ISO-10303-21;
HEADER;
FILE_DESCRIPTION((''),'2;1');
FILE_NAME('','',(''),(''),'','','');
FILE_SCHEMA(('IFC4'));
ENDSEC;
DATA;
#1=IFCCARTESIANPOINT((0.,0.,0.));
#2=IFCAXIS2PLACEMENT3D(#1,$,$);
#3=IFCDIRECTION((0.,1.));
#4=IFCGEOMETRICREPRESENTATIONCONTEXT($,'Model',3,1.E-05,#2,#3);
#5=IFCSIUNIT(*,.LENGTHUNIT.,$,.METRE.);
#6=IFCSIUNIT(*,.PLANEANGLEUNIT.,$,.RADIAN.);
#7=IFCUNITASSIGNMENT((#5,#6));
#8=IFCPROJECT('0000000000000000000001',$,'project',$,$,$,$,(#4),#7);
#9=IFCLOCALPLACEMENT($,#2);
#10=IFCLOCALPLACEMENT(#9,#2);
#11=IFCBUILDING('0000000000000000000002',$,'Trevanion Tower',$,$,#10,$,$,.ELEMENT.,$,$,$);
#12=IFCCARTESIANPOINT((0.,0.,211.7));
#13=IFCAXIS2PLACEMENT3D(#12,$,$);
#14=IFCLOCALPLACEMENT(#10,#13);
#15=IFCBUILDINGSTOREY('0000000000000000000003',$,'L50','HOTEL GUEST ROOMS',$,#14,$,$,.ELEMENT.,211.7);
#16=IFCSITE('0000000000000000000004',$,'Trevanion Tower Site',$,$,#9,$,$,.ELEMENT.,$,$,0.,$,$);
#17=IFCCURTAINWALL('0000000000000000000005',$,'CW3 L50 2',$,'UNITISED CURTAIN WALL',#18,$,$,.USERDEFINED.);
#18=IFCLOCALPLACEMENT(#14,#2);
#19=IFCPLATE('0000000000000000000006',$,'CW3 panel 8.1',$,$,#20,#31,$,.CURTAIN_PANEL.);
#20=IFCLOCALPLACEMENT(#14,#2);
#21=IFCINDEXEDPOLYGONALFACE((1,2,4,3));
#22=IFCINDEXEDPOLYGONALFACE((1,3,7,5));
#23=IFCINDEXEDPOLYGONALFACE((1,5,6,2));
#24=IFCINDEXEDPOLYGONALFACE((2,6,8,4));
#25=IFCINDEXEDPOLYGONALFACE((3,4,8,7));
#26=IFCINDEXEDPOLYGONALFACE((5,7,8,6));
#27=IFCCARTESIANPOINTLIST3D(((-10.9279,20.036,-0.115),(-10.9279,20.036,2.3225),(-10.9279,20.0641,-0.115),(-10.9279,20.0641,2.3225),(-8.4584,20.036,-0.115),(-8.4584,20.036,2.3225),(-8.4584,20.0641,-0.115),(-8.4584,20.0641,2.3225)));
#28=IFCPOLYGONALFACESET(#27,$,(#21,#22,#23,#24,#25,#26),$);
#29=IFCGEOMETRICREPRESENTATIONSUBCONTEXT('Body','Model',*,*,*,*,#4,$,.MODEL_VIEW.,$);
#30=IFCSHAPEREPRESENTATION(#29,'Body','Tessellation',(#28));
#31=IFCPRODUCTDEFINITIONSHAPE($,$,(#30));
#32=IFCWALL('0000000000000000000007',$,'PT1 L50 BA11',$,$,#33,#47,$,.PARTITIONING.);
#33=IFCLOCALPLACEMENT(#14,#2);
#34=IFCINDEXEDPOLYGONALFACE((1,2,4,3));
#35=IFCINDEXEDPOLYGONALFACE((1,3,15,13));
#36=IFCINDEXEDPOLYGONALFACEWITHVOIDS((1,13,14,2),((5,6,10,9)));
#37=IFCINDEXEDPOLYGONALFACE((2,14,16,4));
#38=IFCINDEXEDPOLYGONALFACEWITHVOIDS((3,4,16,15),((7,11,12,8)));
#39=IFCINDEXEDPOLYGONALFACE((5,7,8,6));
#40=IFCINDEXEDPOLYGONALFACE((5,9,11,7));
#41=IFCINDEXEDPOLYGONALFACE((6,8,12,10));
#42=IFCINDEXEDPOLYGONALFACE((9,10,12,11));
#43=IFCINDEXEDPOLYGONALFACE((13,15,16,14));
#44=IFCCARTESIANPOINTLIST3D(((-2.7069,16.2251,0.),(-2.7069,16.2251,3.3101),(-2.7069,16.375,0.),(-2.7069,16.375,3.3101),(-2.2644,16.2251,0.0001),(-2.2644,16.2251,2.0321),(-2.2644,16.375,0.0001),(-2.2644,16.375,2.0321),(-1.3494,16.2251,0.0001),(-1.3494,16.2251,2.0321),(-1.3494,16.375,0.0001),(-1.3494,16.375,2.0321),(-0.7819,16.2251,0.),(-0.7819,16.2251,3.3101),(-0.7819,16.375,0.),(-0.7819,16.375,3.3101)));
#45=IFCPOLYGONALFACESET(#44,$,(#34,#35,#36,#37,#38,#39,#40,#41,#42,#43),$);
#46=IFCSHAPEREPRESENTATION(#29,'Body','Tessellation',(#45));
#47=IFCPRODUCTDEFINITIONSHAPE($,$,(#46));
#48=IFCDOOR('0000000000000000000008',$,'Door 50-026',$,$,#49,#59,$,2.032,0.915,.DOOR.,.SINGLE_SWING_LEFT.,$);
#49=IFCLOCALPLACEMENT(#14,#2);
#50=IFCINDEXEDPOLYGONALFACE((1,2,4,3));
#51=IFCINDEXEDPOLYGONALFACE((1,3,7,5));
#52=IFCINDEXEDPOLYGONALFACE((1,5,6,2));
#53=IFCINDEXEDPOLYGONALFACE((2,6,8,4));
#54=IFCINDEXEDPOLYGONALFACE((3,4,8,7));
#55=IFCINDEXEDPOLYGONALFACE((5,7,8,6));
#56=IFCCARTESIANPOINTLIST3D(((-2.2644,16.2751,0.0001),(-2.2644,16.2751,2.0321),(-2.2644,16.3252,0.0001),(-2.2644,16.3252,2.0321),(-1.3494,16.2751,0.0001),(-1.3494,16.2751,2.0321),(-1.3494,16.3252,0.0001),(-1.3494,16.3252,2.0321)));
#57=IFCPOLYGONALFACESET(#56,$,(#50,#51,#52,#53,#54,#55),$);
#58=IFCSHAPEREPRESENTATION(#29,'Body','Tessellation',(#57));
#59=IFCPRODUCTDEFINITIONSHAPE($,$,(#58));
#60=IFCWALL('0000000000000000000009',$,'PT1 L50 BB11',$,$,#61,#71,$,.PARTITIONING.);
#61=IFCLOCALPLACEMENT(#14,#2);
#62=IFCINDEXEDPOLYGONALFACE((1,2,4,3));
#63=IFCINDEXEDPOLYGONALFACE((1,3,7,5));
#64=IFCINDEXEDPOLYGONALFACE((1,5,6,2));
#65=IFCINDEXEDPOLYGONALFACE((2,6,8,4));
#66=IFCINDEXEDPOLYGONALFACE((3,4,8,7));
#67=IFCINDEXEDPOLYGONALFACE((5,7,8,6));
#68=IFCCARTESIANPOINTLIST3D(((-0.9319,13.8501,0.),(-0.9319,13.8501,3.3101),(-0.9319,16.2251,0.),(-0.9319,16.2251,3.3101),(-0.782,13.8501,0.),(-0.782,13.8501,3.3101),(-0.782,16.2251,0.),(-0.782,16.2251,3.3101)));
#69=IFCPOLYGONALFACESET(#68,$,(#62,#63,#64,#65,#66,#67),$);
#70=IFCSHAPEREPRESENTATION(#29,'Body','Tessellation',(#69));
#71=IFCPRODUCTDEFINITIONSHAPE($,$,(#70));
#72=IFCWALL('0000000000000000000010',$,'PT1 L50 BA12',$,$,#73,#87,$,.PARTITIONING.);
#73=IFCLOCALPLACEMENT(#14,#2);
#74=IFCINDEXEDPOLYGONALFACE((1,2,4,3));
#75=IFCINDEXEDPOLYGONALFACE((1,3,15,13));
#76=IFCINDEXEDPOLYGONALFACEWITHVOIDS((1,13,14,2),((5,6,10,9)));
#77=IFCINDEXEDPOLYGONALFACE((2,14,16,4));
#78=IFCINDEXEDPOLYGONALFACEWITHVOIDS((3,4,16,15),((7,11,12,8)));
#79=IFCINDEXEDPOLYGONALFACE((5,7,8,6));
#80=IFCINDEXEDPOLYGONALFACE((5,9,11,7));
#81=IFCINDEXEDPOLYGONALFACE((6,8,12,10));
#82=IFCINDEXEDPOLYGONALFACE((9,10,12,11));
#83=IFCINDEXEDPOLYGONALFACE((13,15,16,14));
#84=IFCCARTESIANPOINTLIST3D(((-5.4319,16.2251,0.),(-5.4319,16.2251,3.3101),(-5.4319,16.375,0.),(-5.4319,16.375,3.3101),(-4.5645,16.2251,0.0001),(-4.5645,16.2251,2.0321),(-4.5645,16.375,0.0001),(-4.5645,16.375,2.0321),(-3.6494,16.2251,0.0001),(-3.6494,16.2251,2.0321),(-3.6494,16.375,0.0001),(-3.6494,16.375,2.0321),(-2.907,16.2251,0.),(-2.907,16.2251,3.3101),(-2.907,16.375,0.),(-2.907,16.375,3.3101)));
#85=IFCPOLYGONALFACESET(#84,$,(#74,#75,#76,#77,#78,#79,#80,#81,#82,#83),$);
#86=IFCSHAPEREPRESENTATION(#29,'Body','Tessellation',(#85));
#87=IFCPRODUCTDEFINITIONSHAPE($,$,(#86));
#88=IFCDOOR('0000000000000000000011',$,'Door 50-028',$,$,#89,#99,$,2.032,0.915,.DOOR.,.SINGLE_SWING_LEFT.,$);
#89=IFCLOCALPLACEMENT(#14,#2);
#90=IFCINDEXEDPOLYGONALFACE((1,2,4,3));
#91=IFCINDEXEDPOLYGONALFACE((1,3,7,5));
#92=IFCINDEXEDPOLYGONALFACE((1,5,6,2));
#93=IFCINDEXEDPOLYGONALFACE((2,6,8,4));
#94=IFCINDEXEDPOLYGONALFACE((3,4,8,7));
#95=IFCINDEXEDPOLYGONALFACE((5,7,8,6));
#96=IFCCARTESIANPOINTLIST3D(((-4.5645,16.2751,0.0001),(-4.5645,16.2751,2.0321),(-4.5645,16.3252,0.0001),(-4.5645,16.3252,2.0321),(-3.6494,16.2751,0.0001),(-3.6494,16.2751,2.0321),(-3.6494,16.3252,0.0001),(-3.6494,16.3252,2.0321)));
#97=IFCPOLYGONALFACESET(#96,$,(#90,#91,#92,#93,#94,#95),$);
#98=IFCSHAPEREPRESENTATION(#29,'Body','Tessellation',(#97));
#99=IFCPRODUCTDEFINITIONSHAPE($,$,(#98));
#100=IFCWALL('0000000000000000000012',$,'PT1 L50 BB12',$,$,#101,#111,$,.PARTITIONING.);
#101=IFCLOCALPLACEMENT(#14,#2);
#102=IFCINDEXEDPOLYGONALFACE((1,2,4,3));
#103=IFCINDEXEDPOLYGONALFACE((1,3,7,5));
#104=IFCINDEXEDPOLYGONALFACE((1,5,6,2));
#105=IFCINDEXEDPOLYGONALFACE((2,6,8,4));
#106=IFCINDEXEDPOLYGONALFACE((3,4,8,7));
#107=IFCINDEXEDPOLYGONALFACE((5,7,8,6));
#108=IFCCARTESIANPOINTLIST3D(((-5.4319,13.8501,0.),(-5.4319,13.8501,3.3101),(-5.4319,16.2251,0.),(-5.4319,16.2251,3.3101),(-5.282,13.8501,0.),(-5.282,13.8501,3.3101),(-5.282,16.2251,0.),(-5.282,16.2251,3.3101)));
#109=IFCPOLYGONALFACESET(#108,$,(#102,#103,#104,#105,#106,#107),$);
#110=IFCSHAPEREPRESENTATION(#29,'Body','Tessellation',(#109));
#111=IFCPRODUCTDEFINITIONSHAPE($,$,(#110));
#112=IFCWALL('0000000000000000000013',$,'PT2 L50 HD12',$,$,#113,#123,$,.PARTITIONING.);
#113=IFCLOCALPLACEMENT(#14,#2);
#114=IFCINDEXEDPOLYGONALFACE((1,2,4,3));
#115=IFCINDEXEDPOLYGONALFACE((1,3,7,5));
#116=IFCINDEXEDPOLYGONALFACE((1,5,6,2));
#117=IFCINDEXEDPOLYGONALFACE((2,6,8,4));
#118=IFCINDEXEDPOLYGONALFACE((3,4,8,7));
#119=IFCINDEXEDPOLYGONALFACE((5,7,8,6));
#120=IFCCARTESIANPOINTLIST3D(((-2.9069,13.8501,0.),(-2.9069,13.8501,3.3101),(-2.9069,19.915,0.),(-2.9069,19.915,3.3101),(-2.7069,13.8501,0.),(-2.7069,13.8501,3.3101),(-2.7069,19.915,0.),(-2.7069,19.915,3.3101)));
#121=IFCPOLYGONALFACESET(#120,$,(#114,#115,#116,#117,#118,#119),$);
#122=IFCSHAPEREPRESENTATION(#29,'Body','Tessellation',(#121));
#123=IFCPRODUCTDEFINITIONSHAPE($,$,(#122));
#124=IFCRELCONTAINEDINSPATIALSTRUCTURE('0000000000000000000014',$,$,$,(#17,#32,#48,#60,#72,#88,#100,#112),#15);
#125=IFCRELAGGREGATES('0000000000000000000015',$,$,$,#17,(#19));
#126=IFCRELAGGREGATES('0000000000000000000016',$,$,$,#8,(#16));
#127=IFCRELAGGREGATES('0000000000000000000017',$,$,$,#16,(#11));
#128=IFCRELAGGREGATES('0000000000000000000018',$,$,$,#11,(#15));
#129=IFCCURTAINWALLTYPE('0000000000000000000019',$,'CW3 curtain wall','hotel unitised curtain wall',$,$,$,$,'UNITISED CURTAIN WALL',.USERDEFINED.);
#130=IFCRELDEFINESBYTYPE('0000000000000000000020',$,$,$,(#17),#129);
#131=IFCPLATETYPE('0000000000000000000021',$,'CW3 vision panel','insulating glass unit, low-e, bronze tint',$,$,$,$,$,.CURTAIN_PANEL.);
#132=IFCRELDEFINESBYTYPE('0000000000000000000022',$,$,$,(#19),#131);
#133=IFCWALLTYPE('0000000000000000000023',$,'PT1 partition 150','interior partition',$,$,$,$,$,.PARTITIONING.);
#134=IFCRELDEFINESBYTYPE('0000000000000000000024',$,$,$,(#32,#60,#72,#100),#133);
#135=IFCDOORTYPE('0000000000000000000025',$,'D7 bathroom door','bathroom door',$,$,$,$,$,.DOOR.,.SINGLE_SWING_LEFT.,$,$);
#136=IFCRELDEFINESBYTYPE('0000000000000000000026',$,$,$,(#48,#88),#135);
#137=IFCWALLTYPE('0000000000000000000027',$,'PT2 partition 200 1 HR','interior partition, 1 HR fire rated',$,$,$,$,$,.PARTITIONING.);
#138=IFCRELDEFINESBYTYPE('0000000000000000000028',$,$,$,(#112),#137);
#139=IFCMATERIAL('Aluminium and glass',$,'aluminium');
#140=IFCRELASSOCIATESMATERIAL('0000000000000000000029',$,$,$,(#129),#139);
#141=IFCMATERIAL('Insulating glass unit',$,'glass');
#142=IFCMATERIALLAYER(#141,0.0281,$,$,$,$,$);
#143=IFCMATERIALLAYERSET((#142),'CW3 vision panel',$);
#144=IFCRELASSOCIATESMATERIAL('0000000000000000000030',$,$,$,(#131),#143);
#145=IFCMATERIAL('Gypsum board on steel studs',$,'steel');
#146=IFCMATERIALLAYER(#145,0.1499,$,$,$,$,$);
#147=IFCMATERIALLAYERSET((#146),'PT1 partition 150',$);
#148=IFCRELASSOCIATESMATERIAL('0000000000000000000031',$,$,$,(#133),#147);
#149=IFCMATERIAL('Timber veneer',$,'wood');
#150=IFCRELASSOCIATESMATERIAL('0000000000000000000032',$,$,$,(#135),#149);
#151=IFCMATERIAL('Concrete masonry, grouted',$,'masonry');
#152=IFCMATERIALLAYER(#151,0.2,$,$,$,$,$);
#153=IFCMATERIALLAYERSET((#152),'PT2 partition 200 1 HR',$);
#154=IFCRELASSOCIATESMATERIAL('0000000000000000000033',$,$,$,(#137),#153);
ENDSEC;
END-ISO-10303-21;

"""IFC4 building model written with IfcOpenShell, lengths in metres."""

from ifc_helpers import new_model, si_unit, direction, frame, frame_2d, origin, origin_2d, place, context, subcontext, project, spatial, rectangle, extrude, material, layer, layer_set, type_object, element, fill, aggregate, save


model = new_model("IFC4")

# Units and contexts
model_context = context("Model", 3, precision=1e-05, world=origin(), true_north=direction((0.0, 1.0)))
body_context = subcontext(model_context, "Body", "Model", "MODEL_VIEW")
ifc_project = project(units=[si_unit("LENGTHUNIT", "METRE"), si_unit("PLANEANGLEUNIT", "RADIAN")], contexts=[model_context])

# Site, building, storey
site_placement = place(None, origin())
site = spatial("IfcSite", under=ifc_project, at=site_placement, Name="Trevanion Tower Site", CompositionType="ELEMENT", RefElevation=0.0)
building_placement = place(site_placement, origin())
building = spatial("IfcBuilding", under=site, at=building_placement, Name="Trevanion Tower", CompositionType="ELEMENT")
storey_placement = place(building_placement, frame((0.0, 0.0, 211.7)))
storey = spatial("IfcBuildingStorey", under=building, at=storey_placement, Name="L50", Description="HOTEL GUEST ROOMS", CompositionType="ELEMENT", Elevation=211.7)

# Curtain wall
ifc_material_1 = material(Name="Aluminium and glass", Category="aluminium")
curtain_wall_type = type_object("IfcCurtainWallType", Name="CW3 curtain wall", Description="hotel unitised curtain wall", ElementType="UNITISED CURTAIN WALL", PredefinedType="USERDEFINED", material=ifc_material_1)
curtain_wall_placement = place(storey_placement, origin())
curtain_wall = element("IfcCurtainWall", 1, at=curtain_wall_placement, inside=storey, type_object=curtain_wall_type, Name="CW3 L50 2", ObjectType="UNITISED CURTAIN WALL", PredefinedType="USERDEFINED")

# Plate
ifc_material_2 = material(Name="Insulating glass unit", Category="glass")
ifc_layer_1 = layer(ifc_material_2, 0.0281)
ifc_layer_set_1 = layer_set([ifc_layer_1], Name="CW3 vision panel")
plate_type_1 = type_object("IfcPlateType", Name="CW3 vision panel", Description="insulating glass unit, low-e, bronze tint", PredefinedType="CURTAIN_PANEL", material=ifc_layer_set_1)
plate_1_placement = place(storey_placement, frame((-9.6931, 20.05, -0.115), z_axis=(0.0, 0.0, 1.0), x_axis=(-1.0, 0.0, 0.0)))
plate_1 = element("IfcPlate", 2, at=plate_1_placement, type_object=plate_type_1, Name="CW3 panel 8.1", PredefinedType="CURTAIN_PANEL", context=body_context, shape_type="SweptSolid", body=[
    extrude(rectangle(XDim=2.4695, YDim=0.0281, at=origin_2d()), origin(), (0.0, 0.0, 1.0), 2.4375),
])
aggregate(curtain_wall, [plate_1])

# Wall, opening, door
ifc_material_3 = material(Name="Gypsum board on steel studs", Category="steel")
ifc_layer_2 = layer(ifc_material_3, 0.1499)
ifc_layer_set_2 = layer_set([ifc_layer_2], Name="PT1 partition 150")
wall_type_1 = type_object("IfcWallType", Name="PT1 partition 150", Description="interior partition", PredefinedType="PARTITIONING", material=ifc_layer_set_2)
wall_1_placement = place(storey_placement, frame((-0.782, 16.3, 0.0), z_axis=(0.0, 0.0, 1.0), x_axis=(-1.0, 0.0, 0.0)))
wall_1 = element("IfcWall", 3, at=wall_1_placement, inside=storey, type_object=wall_type_1, Name="PT1 L50 BA11", PredefinedType="PARTITIONING", context=body_context, shape_type="SweptSolid", body=[
    extrude(rectangle(XDim=1.925, YDim=0.1499, at=frame_2d((0.9624, 0.0))), origin(), (0.0, 0.0, 1.0), 3.3101),
])
opening_1_placement = place(wall_1_placement, frame((0.5674, 0.0, 0.0)))
opening_1 = element("IfcOpeningElement", 4, at=opening_1_placement, cuts=wall_1, PredefinedType="OPENING", context=body_context, shape_type="SweptSolid", body=[
    extrude(rectangle(XDim=0.915, YDim=2.032, at=frame_2d((0.4575, 1.0161))), frame((0.0, 0.085, 0.0), z_axis=(0.0, -1.0, 0.0), x_axis=(1.0, 0.0, 0.0)), (0.0, 0.0, 1.0), 0.1699),
])
ifc_material_4 = material(Name="Timber veneer", Category="wood")
door_type = type_object("IfcDoorType", Name="D7 bathroom door", Description="bathroom door", OperationType="SINGLE_SWING_LEFT", PredefinedType="DOOR", material=ifc_material_4)
door_1_placement = place(opening_1_placement, origin())
door_1 = element("IfcDoor", 5, at=door_1_placement, inside=storey, type_object=door_type, Name="Door 50-026", OperationType="SINGLE_SWING_LEFT", OverallHeight=2.032, OverallWidth=0.915, PredefinedType="DOOR", context=body_context, shape_type="SweptSolid", body=[
    extrude(rectangle(XDim=0.915, YDim=2.032, at=frame_2d((0.4575, 1.0161))), frame((0.0, 0.0249, 0.0), z_axis=(0.0, -1.0, 0.0), x_axis=(1.0, 0.0, 0.0)), (0.0, 0.0, 1.0), 0.05),
])
fill(opening_1, door_1)

# Wall
wall_2_placement = place(storey_placement, frame((-0.8569, 13.8501, 0.0), z_axis=(0.0, 0.0, 1.0), x_axis=(0.0, 1.0, 0.0)))
element("IfcWall", 6, at=wall_2_placement, inside=storey, type_object=wall_type_1, Name="PT1 L50 BB11", PredefinedType="PARTITIONING", context=body_context, shape_type="SweptSolid", body=[
    extrude(rectangle(XDim=2.375, YDim=0.1499, at=frame_2d((1.1875, 0.0))), origin(), (0.0, 0.0, 1.0), 3.3101),
])

# Wall, opening, door
wall_3_placement = place(storey_placement, frame((-2.907, 16.3, 0.0), z_axis=(0.0, 0.0, 1.0), x_axis=(-1.0, 0.0, 0.0)))
wall_3 = element("IfcWall", 7, at=wall_3_placement, inside=storey, type_object=wall_type_1, Name="PT1 L50 BA12", PredefinedType="PARTITIONING", context=body_context, shape_type="SweptSolid", body=[
    extrude(rectangle(XDim=2.5249, YDim=0.1499, at=frame_2d((1.2625, 0.0))), origin(), (0.0, 0.0, 1.0), 3.3101),
])
opening_2_placement = place(wall_3_placement, frame((0.7424, 0.0, 0.0)))
opening_2 = element("IfcOpeningElement", 8, at=opening_2_placement, cuts=wall_3, PredefinedType="OPENING", context=body_context, shape_type="SweptSolid", body=[
    extrude(rectangle(XDim=0.915, YDim=2.032, at=frame_2d((0.4575, 1.0161))), frame((0.0, 0.085, 0.0), z_axis=(0.0, -1.0, 0.0), x_axis=(1.0, 0.0, 0.0)), (0.0, 0.0, 1.0), 0.1699),
])
door_2_placement = place(opening_2_placement, origin())
door_2 = element("IfcDoor", 9, at=door_2_placement, inside=storey, type_object=door_type, Name="Door 50-028", OperationType="SINGLE_SWING_LEFT", OverallHeight=2.032, OverallWidth=0.915, PredefinedType="DOOR", context=body_context, shape_type="SweptSolid", body=[
    extrude(rectangle(XDim=0.915, YDim=2.032, at=frame_2d((0.4575, 1.0161))), frame((0.0, 0.0249, 0.0), z_axis=(0.0, -1.0, 0.0), x_axis=(1.0, 0.0, 0.0)), (0.0, 0.0, 1.0), 0.05),
])
fill(opening_2, door_2)

# Walls
wall_4_placement = place(storey_placement, frame((-5.3569, 13.8501, 0.0), z_axis=(0.0, 0.0, 1.0), x_axis=(0.0, 1.0, 0.0)))
element("IfcWall", 10, at=wall_4_placement, inside=storey, type_object=wall_type_1, Name="PT1 L50 BB12", PredefinedType="PARTITIONING", context=body_context, shape_type="SweptSolid", body=[
    extrude(rectangle(XDim=2.375, YDim=0.1499, at=frame_2d((1.1875, 0.0))), origin(), (0.0, 0.0, 1.0), 3.3101),
])
ifc_material_5 = material(Name="Concrete masonry, grouted", Category="masonry")
ifc_layer_3 = layer(ifc_material_5, 0.2)
ifc_layer_set_3 = layer_set([ifc_layer_3], Name="PT2 partition 200 1 HR")
wall_type_2 = type_object("IfcWallType", Name="PT2 partition 200 1 HR", Description="interior partition, 1 HR fire rated", PredefinedType="PARTITIONING", material=ifc_layer_set_3)
wall_5_placement = place(storey_placement, frame((-2.8069, 13.8501, 0.0), z_axis=(0.0, 0.0, 1.0), x_axis=(0.0, 1.0, 0.0)))
element("IfcWall", 11, at=wall_5_placement, inside=storey, type_object=wall_type_2, Name="PT2 L50 HD12", PredefinedType="PARTITIONING", context=body_context, shape_type="SweptSolid", body=[
    extrude(rectangle(XDim=6.0649, YDim=0.2, at=frame_2d((3.0325, 0.0))), origin(), (0.0, 0.0, 1.0), 3.3101),
])

save(model, "model.ifc")
